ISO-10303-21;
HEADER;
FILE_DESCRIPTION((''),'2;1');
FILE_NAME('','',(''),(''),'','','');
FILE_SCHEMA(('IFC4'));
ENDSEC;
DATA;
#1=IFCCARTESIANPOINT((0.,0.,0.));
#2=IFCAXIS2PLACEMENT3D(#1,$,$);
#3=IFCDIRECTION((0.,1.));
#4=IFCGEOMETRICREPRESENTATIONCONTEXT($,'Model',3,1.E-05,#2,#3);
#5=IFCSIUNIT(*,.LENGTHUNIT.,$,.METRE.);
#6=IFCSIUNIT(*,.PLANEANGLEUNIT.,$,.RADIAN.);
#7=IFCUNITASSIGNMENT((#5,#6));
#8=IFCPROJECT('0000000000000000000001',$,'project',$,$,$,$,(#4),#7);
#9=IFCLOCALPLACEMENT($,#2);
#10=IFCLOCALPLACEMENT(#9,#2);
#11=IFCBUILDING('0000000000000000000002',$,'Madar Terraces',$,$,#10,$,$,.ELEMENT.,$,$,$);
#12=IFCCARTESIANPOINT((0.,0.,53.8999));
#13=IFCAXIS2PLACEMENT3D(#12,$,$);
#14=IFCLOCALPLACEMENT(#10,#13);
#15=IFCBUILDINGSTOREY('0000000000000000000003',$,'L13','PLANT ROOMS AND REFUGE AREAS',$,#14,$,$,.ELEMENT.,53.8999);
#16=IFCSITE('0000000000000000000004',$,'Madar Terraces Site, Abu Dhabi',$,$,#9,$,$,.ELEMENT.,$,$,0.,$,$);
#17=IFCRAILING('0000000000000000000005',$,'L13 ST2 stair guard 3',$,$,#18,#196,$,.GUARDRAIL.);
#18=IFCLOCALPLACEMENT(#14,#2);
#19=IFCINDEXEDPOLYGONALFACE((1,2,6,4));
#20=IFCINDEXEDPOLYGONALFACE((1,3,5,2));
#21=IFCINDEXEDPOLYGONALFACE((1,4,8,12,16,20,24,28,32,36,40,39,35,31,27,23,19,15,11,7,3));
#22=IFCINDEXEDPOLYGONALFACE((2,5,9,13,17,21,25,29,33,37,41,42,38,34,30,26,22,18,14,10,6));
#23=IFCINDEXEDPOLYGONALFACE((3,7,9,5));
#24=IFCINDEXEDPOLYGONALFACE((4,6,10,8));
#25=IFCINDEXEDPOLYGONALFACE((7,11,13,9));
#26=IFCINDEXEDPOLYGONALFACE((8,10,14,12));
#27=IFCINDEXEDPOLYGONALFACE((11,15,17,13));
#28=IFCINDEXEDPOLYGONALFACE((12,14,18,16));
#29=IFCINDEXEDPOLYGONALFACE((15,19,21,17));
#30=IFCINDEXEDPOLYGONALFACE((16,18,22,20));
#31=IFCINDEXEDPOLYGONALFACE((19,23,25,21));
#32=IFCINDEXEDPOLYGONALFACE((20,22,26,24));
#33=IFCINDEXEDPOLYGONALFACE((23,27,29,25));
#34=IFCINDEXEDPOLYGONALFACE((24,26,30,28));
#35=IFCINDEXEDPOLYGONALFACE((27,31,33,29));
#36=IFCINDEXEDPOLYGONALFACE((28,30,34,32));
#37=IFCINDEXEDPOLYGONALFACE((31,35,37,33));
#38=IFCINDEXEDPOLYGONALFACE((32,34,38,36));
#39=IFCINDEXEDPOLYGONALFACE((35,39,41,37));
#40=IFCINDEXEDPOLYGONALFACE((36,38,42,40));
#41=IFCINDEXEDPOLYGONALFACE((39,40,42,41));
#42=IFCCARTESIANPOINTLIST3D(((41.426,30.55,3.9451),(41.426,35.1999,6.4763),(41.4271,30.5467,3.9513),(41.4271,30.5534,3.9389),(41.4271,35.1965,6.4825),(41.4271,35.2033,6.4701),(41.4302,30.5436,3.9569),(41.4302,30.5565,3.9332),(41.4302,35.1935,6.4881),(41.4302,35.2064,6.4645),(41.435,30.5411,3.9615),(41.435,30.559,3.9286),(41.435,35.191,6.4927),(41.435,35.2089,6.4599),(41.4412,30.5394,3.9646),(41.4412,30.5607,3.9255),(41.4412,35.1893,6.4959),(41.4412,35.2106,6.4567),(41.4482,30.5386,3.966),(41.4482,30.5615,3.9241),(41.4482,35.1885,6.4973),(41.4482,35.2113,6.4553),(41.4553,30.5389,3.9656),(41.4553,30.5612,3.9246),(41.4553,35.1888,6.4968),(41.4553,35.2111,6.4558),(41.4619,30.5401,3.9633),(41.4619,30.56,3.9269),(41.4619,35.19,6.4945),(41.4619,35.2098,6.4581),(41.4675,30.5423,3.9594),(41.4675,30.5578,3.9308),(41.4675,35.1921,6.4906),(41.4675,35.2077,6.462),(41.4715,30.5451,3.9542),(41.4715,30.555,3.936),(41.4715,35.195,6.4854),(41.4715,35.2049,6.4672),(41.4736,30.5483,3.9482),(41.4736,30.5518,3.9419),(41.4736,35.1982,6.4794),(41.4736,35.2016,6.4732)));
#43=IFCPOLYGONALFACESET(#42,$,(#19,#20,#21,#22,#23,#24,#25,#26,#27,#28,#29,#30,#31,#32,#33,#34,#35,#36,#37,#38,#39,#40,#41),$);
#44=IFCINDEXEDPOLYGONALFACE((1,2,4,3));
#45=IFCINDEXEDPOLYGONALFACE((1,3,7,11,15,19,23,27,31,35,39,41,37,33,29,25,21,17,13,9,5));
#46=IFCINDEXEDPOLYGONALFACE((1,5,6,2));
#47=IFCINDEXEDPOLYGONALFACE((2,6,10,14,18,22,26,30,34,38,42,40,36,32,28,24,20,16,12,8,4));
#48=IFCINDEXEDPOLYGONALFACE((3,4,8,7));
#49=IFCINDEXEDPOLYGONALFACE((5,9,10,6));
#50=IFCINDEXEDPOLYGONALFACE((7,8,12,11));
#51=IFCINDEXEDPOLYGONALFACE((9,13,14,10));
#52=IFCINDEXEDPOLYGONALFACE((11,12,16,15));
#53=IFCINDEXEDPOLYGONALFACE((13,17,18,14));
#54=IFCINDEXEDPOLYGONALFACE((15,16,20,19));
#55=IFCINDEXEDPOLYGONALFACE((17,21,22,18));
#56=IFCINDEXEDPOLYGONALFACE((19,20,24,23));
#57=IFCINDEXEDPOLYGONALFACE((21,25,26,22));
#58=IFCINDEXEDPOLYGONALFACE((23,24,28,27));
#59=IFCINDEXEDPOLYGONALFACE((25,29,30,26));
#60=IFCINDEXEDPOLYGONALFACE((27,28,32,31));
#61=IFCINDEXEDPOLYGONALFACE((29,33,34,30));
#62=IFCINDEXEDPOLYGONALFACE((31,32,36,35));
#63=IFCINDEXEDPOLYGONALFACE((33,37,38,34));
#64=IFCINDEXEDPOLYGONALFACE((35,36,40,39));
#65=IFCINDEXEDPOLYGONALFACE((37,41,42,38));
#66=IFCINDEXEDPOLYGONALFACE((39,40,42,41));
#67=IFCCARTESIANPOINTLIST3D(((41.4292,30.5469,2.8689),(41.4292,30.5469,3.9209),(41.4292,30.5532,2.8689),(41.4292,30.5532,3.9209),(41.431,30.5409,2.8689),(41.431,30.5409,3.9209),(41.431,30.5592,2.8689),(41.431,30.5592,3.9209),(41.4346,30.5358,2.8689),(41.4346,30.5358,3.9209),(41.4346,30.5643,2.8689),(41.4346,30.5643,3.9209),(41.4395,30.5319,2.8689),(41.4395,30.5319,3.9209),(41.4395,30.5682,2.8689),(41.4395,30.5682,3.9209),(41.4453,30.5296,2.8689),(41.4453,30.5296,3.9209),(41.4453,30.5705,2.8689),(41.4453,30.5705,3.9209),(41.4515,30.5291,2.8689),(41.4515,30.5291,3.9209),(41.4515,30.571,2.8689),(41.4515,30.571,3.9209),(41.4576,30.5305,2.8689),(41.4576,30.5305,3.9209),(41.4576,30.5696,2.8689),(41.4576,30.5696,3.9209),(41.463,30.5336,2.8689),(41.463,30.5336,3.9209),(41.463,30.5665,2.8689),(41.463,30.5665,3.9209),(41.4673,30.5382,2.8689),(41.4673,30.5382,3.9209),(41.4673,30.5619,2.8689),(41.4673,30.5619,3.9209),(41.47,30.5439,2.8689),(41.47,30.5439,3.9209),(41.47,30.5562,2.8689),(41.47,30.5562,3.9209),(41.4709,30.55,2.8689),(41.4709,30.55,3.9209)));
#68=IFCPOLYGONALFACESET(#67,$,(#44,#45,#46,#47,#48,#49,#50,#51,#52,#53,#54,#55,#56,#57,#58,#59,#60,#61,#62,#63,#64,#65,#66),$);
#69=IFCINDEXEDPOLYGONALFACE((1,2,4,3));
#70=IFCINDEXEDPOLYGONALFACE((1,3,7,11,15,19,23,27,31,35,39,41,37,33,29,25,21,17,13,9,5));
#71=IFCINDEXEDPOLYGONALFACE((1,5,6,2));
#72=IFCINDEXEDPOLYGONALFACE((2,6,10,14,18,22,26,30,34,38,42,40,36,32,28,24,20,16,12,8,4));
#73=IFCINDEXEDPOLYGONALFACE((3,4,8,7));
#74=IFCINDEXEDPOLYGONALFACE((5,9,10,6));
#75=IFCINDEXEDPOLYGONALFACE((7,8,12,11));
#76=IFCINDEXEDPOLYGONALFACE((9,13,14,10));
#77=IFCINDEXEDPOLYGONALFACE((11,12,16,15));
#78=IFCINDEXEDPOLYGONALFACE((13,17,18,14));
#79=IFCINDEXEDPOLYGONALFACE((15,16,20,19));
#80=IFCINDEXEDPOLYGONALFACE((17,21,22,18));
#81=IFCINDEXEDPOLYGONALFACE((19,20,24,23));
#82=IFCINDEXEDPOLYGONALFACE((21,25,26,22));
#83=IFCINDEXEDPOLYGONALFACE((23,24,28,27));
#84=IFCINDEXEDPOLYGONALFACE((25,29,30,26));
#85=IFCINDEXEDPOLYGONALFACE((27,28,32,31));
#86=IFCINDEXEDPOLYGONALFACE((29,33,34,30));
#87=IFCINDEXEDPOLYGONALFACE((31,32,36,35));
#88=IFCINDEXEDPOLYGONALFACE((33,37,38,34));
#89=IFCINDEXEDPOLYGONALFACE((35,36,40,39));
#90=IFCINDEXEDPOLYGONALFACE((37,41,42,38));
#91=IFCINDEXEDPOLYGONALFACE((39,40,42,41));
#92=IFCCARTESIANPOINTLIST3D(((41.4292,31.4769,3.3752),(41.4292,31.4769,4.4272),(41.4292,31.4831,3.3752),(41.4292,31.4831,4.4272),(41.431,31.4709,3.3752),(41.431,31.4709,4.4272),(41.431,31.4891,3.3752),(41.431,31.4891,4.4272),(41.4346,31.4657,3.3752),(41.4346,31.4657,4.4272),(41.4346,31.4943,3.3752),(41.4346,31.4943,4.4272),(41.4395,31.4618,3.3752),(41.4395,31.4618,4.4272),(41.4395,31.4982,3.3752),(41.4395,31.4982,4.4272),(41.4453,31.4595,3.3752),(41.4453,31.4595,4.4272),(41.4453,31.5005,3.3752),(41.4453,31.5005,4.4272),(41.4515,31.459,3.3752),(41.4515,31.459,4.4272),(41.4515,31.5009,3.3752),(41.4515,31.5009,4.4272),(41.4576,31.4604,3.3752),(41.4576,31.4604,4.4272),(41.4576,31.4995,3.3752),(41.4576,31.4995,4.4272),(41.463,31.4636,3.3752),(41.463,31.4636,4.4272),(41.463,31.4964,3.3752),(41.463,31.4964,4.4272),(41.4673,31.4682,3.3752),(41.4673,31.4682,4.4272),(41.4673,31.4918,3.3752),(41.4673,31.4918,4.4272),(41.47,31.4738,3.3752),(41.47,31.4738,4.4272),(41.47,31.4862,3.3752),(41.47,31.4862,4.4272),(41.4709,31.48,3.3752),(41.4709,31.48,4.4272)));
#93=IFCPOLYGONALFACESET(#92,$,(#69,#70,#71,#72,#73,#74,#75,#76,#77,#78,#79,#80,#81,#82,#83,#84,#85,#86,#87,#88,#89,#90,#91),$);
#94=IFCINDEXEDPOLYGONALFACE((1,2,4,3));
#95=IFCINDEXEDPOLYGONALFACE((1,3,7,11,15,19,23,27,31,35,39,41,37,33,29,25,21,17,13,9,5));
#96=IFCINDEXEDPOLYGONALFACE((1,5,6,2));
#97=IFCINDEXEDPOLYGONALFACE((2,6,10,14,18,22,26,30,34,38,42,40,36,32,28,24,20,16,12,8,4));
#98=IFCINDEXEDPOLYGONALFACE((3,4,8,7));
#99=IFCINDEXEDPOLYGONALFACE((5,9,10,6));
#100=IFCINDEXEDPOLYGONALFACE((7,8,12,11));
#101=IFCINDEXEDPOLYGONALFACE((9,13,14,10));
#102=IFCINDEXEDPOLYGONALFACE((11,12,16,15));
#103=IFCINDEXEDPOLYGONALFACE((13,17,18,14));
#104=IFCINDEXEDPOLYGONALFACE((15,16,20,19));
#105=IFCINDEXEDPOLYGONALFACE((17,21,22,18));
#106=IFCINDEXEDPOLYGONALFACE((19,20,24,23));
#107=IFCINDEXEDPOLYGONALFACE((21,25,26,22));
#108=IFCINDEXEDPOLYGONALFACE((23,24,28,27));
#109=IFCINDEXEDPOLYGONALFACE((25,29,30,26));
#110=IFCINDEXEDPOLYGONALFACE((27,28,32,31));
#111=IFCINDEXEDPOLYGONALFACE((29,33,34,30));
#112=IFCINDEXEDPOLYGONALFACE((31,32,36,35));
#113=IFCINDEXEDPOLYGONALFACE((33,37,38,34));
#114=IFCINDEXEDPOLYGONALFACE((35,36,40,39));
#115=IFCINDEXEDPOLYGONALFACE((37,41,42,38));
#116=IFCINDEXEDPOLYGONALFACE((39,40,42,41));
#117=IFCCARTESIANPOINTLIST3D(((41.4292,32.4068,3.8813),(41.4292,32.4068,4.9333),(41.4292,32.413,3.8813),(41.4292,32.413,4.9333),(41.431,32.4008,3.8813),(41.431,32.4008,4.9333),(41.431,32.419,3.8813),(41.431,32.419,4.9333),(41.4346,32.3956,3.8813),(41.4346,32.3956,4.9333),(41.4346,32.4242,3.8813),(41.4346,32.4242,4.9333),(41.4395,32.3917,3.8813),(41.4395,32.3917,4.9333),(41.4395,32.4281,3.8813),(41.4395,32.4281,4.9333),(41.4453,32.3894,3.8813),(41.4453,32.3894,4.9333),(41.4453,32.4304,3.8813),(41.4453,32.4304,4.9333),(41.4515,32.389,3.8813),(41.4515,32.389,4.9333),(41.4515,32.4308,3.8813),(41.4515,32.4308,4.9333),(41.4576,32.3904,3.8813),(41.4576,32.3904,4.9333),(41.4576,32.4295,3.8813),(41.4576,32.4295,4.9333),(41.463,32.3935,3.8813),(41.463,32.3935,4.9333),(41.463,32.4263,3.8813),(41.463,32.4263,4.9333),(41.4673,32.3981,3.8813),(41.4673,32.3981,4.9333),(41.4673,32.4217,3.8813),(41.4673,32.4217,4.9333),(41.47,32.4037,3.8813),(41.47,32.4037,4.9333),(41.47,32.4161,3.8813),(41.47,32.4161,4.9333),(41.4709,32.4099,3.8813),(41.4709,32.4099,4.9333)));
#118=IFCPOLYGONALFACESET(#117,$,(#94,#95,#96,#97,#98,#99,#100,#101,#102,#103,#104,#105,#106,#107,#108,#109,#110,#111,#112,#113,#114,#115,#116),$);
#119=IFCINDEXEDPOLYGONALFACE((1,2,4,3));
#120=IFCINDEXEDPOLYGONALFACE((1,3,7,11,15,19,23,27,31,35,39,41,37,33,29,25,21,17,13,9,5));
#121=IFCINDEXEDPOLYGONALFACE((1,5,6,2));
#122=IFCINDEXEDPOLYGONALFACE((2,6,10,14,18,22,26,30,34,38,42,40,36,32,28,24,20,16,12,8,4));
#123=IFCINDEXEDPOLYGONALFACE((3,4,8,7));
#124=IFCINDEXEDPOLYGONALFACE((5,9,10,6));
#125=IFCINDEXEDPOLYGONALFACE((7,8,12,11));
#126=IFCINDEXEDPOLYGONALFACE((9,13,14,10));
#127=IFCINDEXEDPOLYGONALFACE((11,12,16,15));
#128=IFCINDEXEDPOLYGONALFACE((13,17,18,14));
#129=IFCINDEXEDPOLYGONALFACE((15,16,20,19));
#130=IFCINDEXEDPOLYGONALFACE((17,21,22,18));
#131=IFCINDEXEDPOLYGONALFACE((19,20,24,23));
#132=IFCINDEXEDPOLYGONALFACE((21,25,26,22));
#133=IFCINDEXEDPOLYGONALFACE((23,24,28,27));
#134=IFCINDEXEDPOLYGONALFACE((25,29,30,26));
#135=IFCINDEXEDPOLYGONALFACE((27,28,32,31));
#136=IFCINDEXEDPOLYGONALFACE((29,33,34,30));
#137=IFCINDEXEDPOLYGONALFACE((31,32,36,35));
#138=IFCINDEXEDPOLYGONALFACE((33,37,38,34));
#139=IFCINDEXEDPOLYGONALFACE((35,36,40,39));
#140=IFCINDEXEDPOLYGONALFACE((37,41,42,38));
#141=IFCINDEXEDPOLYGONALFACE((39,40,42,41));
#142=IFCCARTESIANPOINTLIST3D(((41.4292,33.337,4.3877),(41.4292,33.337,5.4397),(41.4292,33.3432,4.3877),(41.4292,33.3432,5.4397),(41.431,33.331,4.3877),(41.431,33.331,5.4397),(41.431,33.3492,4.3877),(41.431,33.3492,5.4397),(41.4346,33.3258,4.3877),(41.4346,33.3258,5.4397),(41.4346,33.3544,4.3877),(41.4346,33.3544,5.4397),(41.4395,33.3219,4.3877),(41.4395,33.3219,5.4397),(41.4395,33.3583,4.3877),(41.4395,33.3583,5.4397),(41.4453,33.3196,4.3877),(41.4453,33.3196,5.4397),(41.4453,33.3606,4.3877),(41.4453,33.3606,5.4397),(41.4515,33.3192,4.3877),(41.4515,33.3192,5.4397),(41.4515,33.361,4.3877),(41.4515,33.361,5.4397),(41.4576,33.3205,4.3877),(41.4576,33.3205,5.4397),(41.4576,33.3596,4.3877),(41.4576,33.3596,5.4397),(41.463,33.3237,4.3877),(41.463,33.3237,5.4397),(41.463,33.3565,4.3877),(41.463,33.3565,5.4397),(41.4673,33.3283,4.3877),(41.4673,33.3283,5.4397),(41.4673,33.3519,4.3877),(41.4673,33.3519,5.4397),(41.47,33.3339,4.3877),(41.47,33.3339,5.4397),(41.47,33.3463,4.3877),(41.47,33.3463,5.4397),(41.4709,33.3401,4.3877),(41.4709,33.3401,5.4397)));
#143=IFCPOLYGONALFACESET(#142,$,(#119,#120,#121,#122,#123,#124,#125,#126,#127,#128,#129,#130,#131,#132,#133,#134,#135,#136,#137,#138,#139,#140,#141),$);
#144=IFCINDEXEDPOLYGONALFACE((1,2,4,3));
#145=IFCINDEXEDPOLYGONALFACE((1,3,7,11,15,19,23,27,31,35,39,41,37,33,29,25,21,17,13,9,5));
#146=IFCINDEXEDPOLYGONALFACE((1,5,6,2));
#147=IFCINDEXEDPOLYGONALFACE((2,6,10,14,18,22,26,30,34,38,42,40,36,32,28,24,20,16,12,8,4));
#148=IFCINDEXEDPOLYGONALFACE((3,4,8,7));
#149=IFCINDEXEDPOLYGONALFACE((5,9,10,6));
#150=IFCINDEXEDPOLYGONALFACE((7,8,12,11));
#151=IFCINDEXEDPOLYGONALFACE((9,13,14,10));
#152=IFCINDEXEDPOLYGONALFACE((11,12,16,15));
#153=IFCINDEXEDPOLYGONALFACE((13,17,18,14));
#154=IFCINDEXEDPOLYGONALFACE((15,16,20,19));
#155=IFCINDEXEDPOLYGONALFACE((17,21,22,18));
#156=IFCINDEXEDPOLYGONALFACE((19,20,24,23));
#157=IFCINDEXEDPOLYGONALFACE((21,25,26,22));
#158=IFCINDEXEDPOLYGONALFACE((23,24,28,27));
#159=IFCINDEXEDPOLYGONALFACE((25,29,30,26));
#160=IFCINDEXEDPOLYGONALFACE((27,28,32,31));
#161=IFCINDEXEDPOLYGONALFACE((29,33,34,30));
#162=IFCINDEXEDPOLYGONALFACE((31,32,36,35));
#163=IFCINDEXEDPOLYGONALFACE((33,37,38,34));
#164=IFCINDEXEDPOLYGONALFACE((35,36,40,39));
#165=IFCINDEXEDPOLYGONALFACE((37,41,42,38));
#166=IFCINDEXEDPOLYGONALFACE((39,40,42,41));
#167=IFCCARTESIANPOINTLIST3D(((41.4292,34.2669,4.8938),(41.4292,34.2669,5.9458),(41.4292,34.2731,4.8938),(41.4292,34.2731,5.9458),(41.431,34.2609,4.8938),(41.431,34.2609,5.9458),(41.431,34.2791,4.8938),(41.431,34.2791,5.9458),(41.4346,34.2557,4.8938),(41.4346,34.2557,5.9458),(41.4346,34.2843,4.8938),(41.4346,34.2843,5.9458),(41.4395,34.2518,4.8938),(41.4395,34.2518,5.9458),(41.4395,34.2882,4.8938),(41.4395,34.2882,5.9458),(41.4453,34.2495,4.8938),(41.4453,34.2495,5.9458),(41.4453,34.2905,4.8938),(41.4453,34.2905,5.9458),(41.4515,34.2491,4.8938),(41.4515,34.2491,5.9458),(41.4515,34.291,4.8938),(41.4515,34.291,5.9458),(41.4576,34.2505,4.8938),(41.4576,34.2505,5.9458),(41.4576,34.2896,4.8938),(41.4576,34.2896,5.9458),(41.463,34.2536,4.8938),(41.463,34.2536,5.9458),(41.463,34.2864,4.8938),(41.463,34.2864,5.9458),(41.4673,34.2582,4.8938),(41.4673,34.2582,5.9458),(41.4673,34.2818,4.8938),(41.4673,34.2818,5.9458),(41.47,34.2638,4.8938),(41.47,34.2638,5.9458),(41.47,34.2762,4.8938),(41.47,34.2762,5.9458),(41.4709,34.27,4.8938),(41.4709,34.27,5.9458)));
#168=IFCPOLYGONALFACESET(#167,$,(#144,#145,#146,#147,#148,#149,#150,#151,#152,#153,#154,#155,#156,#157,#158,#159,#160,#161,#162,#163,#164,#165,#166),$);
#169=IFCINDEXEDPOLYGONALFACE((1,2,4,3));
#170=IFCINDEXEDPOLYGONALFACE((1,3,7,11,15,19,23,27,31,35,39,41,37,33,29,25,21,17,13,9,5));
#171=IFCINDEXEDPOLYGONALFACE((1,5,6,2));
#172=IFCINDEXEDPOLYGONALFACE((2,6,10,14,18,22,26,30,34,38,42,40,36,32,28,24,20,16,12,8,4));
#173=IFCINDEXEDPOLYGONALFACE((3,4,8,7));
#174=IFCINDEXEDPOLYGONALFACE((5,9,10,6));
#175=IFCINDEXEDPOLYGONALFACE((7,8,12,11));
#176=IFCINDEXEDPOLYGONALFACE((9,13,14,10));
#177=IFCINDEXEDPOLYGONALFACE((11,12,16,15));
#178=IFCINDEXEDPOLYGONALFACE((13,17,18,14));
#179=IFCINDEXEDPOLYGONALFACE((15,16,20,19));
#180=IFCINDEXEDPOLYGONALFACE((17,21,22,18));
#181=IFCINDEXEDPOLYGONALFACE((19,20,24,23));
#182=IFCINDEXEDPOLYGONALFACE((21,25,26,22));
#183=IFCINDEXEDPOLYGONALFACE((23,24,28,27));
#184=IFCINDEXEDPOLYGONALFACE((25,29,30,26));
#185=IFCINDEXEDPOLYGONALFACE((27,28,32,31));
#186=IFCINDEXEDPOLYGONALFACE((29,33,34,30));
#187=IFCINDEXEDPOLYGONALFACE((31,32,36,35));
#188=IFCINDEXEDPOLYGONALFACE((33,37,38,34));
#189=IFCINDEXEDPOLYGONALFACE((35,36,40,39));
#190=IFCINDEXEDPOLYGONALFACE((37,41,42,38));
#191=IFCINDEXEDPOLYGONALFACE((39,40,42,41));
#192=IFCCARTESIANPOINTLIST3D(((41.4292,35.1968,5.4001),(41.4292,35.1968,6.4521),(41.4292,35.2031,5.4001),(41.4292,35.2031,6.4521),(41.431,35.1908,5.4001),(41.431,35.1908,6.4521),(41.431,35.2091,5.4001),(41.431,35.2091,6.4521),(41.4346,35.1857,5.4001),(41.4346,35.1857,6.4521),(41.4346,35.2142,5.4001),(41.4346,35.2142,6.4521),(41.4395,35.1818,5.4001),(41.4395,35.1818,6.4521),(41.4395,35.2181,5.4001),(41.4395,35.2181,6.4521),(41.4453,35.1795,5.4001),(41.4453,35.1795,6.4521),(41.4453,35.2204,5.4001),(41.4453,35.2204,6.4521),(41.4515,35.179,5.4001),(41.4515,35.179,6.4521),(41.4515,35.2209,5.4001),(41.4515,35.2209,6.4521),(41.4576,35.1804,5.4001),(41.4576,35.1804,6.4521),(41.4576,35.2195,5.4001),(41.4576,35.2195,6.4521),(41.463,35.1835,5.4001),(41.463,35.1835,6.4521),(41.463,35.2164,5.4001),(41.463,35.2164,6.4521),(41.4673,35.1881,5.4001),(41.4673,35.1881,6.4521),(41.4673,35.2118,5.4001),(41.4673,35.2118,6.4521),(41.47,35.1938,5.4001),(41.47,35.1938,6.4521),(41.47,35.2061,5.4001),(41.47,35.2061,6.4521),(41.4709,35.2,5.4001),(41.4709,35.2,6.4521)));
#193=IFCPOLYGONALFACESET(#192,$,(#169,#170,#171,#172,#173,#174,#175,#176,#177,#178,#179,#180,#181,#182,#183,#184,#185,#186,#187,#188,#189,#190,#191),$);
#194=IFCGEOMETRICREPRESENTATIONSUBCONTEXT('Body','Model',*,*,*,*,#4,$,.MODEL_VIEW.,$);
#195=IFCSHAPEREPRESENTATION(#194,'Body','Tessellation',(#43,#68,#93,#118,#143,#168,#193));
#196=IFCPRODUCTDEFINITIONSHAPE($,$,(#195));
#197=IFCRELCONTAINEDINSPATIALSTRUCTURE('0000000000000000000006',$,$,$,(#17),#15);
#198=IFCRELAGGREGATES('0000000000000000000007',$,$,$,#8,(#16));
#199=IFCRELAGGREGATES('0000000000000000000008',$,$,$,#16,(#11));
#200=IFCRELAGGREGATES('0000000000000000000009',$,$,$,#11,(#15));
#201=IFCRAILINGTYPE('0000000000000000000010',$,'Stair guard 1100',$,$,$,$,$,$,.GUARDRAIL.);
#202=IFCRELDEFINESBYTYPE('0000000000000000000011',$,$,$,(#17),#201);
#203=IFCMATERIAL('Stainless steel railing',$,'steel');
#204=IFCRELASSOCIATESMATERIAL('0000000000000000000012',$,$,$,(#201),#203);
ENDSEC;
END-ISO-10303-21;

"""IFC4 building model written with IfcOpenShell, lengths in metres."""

from ifc_helpers import new_model, si_unit, direction, frame, origin, origin_2d, place, context, subcontext, project, spatial, circle, extrude, material, type_object, element, save


model = new_model("IFC4")

# Units and contexts
model_context = context("Model", 3, precision=1e-05, world=origin(), true_north=direction((0.0, 1.0)))
body_context = subcontext(model_context, "Body", "Model", "MODEL_VIEW")
ifc_project = project(units=[si_unit("LENGTHUNIT", "METRE"), si_unit("PLANEANGLEUNIT", "RADIAN")], contexts=[model_context])

# Site, building, storey
site_placement = place(None, origin())
site = spatial("IfcSite", under=ifc_project, at=site_placement, Name="Madar Terraces Site, Abu Dhabi", CompositionType="ELEMENT", RefElevation=0.0)
building_placement = place(site_placement, origin())
building = spatial("IfcBuilding", under=site, at=building_placement, Name="Madar Terraces", CompositionType="ELEMENT")
storey_placement = place(building_placement, frame((0.0, 0.0, 53.8999)))
storey = spatial("IfcBuildingStorey", under=building, at=storey_placement, Name="L13", Description="PLANT ROOMS AND REFUGE AREAS", CompositionType="ELEMENT", Elevation=53.8999)

# Railing
ifc_material_1 = material(Name="Stainless steel railing", Category="steel")
railing_type_1 = type_object("IfcRailingType", Name="Stair guard 1100", PredefinedType="GUARDRAIL", material=ifc_material_1)
railing_1_placement = place(storey_placement, frame((41.45, 30.55, 2.8689)))
element("IfcRailing", 1, at=railing_1_placement, inside=storey, type_object=railing_type_1, Name="L13 ST2 stair guard 3", PredefinedType="GUARDRAIL", context=body_context, shape_type="SweptSolid", body=[
    extrude(circle(Radius=0.0239, at=origin_2d()), frame((0.0, 0.0, 1.0762), z_axis=(0.0, 0.878297, 0.478115), x_axis=(-1.0, 0.0, 0.0)), (0.0, 0.0, 1.0), 5.2942),
    extrude(circle(Radius=0.021, at=origin_2d()), origin(), (0.0, 0.0, 1.0), 1.052),
    extrude(circle(Radius=0.021, at=origin_2d()), frame((0.0, 0.9299, 0.5063)), (0.0, 0.0, 1.0), 1.052),
    extrude(circle(Radius=0.021, at=origin_2d()), frame((0.0, 1.8599, 1.0125)), (0.0, 0.0, 1.0), 1.052),
    extrude(circle(Radius=0.021, at=origin_2d()), frame((0.0, 2.79, 1.5188)), (0.0, 0.0, 1.0), 1.052),
    extrude(circle(Radius=0.021, at=origin_2d()), frame((0.0, 3.72, 2.0249)), (0.0, 0.0, 1.0), 1.052),
    extrude(circle(Radius=0.021, at=origin_2d()), frame((0.0, 4.6499, 2.5312)), (0.0, 0.0, 1.0), 1.052),
])

save(model, "model.ifc")
